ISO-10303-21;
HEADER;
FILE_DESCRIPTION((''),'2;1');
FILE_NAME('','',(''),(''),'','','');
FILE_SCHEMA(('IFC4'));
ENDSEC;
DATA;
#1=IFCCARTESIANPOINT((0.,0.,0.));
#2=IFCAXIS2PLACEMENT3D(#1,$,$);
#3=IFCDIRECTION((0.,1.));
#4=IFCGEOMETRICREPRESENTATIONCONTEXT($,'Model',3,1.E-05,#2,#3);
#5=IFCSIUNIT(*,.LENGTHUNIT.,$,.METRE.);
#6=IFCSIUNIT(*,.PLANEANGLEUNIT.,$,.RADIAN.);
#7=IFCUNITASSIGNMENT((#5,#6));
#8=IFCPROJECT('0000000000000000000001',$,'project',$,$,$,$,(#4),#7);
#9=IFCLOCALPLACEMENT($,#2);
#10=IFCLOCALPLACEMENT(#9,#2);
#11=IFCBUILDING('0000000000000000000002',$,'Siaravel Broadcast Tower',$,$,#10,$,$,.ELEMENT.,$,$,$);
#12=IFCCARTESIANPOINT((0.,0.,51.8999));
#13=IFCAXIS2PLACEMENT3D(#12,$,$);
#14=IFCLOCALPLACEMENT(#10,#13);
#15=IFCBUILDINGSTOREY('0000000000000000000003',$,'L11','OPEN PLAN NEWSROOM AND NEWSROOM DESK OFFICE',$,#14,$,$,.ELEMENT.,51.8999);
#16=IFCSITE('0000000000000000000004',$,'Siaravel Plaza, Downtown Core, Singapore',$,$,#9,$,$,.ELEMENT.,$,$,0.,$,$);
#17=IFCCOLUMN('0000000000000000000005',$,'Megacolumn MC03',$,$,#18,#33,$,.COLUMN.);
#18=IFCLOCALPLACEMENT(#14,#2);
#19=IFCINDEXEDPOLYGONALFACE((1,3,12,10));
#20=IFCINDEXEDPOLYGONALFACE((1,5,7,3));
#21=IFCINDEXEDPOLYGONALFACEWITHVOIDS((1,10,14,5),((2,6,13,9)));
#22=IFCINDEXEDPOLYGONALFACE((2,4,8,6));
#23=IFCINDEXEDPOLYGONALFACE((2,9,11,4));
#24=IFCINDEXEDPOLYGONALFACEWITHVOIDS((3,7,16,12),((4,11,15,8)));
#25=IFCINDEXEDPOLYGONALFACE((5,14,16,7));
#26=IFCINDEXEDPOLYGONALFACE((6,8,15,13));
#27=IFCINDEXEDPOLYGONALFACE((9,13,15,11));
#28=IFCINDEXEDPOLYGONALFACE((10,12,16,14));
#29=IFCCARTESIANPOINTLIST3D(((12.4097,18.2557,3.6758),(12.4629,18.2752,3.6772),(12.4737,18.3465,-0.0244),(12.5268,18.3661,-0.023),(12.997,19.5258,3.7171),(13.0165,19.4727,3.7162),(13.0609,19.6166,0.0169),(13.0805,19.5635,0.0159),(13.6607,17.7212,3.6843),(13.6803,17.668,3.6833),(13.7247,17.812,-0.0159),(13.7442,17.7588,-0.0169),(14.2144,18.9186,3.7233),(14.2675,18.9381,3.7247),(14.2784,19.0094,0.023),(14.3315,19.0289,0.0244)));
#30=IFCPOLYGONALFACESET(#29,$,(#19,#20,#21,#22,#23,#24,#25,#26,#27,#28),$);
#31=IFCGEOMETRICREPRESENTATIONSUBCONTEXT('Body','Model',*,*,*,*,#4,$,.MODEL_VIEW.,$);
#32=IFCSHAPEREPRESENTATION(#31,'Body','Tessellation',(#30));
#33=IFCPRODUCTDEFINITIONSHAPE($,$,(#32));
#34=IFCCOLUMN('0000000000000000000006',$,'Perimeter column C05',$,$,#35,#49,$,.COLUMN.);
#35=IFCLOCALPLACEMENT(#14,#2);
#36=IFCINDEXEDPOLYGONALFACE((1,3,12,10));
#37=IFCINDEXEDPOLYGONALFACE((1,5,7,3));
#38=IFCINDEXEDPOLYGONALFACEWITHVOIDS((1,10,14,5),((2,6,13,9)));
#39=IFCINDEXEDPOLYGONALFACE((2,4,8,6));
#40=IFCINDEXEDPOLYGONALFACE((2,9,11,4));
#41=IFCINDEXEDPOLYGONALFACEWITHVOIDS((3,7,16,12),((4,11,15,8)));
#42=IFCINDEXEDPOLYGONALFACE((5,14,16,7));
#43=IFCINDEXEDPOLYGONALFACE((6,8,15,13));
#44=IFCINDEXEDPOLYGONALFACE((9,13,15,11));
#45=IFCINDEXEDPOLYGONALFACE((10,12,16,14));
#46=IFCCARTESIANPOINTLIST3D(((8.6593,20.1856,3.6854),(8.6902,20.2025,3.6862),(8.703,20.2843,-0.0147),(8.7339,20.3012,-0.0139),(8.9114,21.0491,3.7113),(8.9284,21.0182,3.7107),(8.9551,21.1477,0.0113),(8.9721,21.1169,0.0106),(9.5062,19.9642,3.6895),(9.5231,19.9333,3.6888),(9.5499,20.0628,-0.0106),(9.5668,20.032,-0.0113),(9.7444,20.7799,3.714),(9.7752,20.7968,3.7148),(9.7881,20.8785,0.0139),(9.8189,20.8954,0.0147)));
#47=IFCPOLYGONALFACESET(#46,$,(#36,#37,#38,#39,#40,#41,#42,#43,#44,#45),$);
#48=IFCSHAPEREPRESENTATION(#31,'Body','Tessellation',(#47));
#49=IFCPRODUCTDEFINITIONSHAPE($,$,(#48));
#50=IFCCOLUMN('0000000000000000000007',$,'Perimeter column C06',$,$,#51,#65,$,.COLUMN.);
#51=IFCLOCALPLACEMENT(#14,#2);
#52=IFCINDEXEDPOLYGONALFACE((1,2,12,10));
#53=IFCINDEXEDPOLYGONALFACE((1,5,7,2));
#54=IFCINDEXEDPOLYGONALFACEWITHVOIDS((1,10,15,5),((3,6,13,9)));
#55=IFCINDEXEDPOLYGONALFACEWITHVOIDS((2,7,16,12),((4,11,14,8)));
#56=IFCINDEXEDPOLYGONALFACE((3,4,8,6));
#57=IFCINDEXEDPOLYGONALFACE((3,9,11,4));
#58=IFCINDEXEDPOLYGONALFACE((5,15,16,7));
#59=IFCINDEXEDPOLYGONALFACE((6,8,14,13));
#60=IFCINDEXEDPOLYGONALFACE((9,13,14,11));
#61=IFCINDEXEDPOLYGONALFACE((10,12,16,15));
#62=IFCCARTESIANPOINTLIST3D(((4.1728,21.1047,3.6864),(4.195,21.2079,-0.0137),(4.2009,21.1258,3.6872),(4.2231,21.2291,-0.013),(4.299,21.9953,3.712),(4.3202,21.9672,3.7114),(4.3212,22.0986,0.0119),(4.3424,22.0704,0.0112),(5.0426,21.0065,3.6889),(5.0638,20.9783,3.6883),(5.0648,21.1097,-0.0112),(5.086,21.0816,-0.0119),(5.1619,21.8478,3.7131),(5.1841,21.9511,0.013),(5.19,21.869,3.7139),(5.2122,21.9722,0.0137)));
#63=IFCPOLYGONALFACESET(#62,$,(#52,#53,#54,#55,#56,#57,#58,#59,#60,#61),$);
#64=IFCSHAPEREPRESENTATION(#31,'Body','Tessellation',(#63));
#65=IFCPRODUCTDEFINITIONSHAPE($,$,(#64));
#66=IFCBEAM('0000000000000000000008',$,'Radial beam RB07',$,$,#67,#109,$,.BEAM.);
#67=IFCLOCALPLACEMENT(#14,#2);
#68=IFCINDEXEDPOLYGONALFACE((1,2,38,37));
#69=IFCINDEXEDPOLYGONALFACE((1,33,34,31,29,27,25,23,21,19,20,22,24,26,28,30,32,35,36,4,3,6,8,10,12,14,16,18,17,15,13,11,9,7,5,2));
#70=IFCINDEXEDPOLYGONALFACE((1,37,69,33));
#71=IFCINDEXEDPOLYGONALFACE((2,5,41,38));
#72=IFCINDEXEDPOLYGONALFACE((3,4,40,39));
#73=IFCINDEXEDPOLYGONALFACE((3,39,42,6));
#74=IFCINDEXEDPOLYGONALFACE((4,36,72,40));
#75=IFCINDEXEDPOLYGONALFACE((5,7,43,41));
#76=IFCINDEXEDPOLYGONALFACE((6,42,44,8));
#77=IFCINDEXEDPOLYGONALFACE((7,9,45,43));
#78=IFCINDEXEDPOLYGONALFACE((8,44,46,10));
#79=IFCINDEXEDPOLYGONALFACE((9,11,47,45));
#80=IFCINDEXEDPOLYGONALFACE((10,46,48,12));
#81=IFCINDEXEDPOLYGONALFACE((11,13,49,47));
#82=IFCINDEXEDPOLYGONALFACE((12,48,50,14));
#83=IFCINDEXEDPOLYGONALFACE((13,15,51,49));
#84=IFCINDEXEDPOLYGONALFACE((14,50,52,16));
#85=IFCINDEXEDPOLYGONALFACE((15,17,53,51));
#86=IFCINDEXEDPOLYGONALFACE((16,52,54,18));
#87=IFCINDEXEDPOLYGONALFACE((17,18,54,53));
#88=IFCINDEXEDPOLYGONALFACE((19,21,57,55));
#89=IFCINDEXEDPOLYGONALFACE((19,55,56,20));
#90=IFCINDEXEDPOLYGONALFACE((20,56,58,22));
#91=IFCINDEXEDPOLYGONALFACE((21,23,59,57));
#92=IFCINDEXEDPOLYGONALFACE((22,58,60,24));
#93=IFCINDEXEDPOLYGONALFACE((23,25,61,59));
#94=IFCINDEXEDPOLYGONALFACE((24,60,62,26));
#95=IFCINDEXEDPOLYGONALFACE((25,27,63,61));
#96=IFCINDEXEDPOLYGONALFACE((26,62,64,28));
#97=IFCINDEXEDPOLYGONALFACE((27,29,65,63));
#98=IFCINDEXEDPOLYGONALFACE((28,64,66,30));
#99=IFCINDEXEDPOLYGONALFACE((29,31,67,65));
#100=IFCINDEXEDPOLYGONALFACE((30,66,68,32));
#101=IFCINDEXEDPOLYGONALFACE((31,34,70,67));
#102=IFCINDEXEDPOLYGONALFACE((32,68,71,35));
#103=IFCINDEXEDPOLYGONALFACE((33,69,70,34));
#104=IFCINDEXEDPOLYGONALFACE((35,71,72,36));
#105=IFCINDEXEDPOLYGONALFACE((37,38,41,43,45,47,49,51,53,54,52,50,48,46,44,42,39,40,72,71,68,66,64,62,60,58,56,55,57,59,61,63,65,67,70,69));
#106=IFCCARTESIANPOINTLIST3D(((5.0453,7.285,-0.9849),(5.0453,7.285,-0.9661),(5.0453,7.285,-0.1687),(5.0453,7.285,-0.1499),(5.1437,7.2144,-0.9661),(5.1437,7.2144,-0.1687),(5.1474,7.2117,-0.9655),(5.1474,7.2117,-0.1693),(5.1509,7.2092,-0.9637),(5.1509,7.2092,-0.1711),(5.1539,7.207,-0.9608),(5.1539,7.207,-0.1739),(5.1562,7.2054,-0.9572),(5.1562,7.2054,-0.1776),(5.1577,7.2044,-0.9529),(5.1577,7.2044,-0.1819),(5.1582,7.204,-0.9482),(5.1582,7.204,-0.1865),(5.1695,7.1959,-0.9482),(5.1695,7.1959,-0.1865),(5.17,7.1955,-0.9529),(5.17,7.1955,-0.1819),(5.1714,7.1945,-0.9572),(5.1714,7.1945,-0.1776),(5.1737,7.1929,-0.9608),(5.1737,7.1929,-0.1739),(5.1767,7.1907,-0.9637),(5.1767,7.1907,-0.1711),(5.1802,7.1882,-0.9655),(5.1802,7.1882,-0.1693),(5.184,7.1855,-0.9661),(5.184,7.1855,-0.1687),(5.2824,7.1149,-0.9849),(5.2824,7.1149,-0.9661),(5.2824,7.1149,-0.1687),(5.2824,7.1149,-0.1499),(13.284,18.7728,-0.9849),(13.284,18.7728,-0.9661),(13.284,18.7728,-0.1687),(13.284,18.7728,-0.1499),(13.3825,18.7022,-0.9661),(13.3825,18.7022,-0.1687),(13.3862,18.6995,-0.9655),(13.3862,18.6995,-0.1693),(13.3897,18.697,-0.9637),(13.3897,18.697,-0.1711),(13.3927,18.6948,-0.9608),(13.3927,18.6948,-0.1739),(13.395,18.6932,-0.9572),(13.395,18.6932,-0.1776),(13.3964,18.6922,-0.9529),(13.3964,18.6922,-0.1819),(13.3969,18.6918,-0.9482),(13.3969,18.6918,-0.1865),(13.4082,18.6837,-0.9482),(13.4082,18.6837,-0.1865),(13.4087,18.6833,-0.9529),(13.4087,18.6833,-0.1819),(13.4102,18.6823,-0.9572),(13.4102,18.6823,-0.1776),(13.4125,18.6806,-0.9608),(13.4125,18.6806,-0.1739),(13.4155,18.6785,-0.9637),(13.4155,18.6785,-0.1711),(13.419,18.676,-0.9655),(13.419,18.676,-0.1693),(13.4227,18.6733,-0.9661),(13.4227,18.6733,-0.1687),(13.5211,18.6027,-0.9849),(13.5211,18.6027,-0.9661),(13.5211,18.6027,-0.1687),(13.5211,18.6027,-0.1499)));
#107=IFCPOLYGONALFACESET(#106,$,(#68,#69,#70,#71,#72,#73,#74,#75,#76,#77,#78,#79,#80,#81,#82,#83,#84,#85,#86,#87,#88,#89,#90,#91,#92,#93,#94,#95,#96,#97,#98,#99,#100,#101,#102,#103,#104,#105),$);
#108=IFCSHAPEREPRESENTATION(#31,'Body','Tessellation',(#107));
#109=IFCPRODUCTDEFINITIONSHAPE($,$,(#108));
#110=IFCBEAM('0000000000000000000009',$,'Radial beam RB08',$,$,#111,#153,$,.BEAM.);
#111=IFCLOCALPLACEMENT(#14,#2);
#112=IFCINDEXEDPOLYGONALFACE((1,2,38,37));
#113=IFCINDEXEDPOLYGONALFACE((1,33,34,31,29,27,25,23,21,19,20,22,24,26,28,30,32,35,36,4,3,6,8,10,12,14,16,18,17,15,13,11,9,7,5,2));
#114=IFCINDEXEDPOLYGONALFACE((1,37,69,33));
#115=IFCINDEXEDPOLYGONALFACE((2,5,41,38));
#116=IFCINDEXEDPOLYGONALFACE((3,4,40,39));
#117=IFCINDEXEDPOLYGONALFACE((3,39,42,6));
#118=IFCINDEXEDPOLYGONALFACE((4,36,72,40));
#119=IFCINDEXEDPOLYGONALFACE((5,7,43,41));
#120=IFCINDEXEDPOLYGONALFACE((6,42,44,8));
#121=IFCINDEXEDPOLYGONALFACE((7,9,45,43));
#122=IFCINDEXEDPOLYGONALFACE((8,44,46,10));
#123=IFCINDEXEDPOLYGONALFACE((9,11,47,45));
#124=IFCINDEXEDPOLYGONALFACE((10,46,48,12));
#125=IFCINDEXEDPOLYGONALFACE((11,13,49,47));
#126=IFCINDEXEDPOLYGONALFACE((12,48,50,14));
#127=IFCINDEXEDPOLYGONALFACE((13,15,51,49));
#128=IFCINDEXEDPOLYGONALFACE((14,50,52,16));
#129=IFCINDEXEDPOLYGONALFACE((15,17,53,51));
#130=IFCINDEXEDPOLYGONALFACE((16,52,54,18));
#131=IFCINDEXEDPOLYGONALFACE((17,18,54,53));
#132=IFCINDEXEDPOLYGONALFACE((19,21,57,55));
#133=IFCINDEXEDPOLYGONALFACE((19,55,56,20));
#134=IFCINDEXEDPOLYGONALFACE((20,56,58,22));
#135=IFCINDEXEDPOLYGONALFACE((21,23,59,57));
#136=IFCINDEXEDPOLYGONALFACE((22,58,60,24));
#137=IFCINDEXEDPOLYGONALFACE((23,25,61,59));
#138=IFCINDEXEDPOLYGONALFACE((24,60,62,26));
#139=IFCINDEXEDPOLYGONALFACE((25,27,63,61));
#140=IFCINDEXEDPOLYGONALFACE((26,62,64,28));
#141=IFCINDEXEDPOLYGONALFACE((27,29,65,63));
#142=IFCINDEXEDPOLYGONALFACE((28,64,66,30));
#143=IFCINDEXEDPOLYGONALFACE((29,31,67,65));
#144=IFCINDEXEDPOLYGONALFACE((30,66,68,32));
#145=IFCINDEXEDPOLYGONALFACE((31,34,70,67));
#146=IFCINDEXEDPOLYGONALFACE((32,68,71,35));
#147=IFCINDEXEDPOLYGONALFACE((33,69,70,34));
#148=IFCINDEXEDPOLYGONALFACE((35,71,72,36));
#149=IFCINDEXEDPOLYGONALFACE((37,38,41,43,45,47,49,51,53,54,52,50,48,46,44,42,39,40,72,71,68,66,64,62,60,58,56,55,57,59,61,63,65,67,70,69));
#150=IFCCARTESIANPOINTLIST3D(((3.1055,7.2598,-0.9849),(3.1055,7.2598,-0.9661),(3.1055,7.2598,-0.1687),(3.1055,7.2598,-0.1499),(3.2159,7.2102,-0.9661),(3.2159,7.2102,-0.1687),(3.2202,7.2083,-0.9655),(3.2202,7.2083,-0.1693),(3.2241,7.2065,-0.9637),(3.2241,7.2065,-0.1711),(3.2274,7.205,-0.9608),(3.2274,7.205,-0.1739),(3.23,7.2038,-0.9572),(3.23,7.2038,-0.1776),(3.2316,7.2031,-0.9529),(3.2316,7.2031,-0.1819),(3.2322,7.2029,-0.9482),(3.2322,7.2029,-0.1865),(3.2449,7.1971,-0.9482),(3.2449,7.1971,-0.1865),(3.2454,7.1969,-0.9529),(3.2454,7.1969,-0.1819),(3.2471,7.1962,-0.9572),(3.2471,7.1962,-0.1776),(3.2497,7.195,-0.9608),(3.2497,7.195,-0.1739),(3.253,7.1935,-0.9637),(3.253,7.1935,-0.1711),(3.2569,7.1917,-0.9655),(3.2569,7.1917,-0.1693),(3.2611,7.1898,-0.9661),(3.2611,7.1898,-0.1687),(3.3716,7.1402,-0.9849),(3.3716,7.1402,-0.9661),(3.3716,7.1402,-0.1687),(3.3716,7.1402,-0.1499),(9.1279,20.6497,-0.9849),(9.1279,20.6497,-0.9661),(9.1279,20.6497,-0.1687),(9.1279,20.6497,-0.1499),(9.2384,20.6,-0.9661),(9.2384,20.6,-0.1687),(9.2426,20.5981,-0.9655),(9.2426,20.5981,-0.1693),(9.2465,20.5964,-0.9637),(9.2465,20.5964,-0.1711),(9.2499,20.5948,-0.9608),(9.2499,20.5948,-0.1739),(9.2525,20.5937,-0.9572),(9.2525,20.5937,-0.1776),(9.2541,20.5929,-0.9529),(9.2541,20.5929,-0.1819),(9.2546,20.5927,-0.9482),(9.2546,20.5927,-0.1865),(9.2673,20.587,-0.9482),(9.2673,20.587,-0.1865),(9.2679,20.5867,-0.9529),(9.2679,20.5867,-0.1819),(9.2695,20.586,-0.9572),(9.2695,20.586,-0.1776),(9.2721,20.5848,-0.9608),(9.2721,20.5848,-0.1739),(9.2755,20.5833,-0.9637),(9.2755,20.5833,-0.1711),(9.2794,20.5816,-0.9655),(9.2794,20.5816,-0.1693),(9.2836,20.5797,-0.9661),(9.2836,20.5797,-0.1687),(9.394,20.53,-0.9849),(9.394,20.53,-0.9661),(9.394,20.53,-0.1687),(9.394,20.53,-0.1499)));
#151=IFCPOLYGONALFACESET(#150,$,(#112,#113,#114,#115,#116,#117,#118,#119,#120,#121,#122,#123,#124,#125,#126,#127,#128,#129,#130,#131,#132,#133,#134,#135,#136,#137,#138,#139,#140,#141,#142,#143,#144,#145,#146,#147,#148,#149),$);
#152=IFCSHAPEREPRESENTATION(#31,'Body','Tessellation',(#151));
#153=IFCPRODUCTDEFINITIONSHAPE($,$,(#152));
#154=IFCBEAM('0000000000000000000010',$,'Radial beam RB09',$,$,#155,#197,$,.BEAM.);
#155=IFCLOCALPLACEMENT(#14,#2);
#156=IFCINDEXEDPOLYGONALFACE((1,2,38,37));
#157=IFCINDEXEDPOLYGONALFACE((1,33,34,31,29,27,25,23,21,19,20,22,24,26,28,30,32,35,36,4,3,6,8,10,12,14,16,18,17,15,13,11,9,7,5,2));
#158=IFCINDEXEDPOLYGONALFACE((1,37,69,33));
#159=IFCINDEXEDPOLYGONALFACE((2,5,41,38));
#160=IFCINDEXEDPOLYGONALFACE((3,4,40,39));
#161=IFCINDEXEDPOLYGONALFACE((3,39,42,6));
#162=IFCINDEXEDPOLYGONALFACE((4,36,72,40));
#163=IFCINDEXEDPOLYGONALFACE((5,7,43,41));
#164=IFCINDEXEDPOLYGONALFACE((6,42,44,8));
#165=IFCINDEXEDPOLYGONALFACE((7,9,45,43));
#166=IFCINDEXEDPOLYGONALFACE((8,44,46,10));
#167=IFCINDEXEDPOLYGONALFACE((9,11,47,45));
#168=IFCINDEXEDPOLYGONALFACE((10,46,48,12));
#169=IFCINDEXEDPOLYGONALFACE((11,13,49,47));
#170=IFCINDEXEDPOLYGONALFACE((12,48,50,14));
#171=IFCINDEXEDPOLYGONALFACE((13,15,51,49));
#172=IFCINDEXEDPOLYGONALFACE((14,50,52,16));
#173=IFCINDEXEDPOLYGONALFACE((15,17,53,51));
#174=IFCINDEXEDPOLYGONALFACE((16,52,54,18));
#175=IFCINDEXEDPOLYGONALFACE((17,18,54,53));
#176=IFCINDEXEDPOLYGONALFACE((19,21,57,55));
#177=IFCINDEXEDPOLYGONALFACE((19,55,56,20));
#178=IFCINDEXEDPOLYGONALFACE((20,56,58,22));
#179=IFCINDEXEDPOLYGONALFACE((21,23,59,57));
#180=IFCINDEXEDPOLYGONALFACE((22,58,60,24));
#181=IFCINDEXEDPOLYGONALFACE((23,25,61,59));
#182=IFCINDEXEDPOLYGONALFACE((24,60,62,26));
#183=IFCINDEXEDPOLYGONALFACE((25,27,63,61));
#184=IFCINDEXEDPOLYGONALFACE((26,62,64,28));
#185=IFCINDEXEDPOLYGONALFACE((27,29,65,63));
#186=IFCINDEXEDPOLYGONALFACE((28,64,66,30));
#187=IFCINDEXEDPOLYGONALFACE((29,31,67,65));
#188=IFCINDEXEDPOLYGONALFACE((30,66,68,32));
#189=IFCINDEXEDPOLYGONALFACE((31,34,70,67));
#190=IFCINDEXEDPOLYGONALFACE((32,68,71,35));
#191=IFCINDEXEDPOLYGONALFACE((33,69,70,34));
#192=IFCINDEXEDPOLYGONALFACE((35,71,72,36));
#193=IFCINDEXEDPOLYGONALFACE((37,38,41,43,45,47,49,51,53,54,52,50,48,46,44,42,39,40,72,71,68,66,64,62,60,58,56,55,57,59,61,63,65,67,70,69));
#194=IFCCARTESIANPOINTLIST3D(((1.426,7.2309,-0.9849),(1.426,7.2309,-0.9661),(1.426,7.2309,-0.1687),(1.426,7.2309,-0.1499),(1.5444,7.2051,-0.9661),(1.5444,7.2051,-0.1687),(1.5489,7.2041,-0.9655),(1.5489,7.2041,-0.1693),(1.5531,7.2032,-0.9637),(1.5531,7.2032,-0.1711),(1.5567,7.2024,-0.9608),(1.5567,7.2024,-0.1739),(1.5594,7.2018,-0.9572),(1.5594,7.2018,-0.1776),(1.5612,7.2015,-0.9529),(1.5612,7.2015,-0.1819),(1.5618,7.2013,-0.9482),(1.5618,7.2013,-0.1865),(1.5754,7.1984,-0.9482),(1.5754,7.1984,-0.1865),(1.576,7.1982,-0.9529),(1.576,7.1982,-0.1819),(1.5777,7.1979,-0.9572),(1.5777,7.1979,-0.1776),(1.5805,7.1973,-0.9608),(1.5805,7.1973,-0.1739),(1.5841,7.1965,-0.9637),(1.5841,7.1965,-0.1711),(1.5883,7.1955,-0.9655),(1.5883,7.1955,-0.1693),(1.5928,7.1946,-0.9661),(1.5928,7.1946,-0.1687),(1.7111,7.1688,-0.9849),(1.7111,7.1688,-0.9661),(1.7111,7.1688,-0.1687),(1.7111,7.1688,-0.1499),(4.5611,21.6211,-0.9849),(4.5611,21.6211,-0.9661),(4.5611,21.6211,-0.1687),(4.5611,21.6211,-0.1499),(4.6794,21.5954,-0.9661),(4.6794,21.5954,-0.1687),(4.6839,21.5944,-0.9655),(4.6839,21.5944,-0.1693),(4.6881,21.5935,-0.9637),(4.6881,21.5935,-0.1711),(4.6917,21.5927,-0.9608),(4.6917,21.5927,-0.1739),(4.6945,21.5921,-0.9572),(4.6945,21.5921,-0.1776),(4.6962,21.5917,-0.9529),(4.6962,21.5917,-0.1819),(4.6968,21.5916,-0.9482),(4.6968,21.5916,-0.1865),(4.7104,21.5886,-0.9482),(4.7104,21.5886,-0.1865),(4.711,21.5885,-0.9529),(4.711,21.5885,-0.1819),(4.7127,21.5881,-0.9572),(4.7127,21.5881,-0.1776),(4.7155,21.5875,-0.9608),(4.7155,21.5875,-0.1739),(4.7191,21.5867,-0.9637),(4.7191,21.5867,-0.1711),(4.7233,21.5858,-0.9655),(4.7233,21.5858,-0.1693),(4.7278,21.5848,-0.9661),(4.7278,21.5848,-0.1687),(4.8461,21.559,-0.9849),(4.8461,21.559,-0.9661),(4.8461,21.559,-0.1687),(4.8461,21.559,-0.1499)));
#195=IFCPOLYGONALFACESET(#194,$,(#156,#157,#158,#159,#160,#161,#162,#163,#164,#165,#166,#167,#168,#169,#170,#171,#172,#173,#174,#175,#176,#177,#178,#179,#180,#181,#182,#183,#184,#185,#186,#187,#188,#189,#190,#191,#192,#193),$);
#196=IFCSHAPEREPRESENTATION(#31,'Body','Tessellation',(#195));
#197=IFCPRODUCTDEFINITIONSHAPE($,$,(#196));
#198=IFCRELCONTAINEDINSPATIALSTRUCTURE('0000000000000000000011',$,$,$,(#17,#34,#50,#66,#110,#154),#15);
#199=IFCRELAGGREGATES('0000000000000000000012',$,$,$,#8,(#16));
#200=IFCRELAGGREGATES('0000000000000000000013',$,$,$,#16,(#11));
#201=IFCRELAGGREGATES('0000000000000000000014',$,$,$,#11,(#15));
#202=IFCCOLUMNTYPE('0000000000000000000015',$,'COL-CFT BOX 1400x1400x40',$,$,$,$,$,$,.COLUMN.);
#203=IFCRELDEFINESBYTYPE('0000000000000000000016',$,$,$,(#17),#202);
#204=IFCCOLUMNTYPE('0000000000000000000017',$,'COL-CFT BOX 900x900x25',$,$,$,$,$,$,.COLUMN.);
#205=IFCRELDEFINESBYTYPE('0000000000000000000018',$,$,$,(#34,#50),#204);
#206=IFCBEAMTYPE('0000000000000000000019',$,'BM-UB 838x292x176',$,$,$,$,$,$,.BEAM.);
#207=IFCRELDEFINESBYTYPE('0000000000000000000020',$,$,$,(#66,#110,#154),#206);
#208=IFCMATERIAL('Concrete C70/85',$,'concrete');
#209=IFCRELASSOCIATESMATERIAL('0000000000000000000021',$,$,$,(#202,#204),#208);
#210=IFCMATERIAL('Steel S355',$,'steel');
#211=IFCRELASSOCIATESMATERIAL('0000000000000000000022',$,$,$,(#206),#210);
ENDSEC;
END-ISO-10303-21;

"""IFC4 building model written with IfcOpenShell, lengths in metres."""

from ifc_helpers import new_model, si_unit, direction, frame, origin, origin_2d, place, context, subcontext, project, spatial, hollow_rectangle, i_section, extrude, material, material_profile, profile_set, type_object, element, save


model = new_model("IFC4")

# Units and contexts
model_context = context("Model", 3, precision=1e-05, world=origin(), true_north=direction((0.0, 1.0)))
body_context = subcontext(model_context, "Body", "Model", "MODEL_VIEW")
ifc_project = project(units=[si_unit("LENGTHUNIT", "METRE"), si_unit("PLANEANGLEUNIT", "RADIAN")], contexts=[model_context])

# Site, building, storey
site_placement = place(None, origin())
site = spatial("IfcSite", under=ifc_project, at=site_placement, Name="Siaravel Plaza, Downtown Core, Singapore", CompositionType="ELEMENT", RefElevation=0.0)
building_placement = place(site_placement, origin())
building = spatial("IfcBuilding", under=site, at=building_placement, Name="Siaravel Broadcast Tower", CompositionType="ELEMENT")
storey_placement = place(building_placement, frame((0.0, 0.0, 51.8999)))
storey = spatial("IfcBuildingStorey", under=building, at=storey_placement, Name="L11", Description="OPEN PLAN NEWSROOM AND NEWSROOM DESK OFFICE", CompositionType="ELEMENT", Elevation=51.8999)

# Columns
ifc_material_1 = material(Name="Concrete C70/85", Category="concrete")
ifc_material_profile_1 = material_profile(ifc_material_1, hollow_rectangle(XDim=1.3999, YDim=1.3999, WallThickness=0.04, at=origin_2d()))
ifc_profile_set_1 = profile_set([ifc_material_profile_1], Name="Concrete C70/85")
column_type_1 = type_object("IfcColumnType", Name="COL-CFT BOX 1400x1400x40", PredefinedType="COLUMN", material=ifc_profile_set_1)
column_placement = place(storey_placement, frame((13.4026, 18.6877, 0.0), z_axis=(-0.017279, -0.024534, 0.99955), x_axis=(0.907591, -0.41982, 0.005385)))
element("IfcColumn", 1, at=column_placement, inside=storey, type_object=column_type_1, Name="Megacolumn MC03", PredefinedType="COLUMN", context=body_context, shape_type="SweptSolid", body=[
    extrude(hollow_rectangle(XDim=1.3999, YDim=1.3999, WallThickness=0.04, at=origin_2d()), origin(), (0.0, 0.0, 1.0), 3.7019),
])
ifc_material_profile_2 = material_profile(ifc_material_1, hollow_rectangle(XDim=0.8999, YDim=0.8999, WallThickness=0.0249, at=origin_2d()))
ifc_profile_set_2 = profile_set([ifc_material_profile_2], Name="Concrete C70/85")
column_type_2 = type_object("IfcColumnType", Name="COL-CFT BOX 900x900x25", PredefinedType="COLUMN", material=ifc_profile_set_2)
for number, where, z_axis, x_axis, name in (
    (2, (9.261, 20.5898, 0.0), (-0.011805, -0.026645, 0.999575), (0.959882, -0.280377, 0.003863), "Perimeter column C05"),
    (3, (4.7036, 21.5901, 0.0), (-0.006002, -0.027898, 0.999593), (0.990094, -0.140394, 0.002026), "Perimeter column C06"),
):
    element("IfcColumn", number, at=place(storey_placement, frame(where, z_axis=z_axis, x_axis=x_axis)), inside=storey, type_object=column_type_2, Name=name, PredefinedType="COLUMN", context=body_context, shape_type="SweptSolid", body=[
        extrude(hollow_rectangle(XDim=0.8999, YDim=0.8999, WallThickness=0.0249, at=origin_2d()), origin(), (0.0, 0.0, 1.0), 3.7017),
    ])

# Beams
ifc_material_2 = material(Name="Steel S355", Category="steel")
ifc_material_profile_3 = material_profile(ifc_material_2, i_section(OverallWidth=0.2917, OverallDepth=0.835, WebThickness=0.0139, FlangeThickness=0.0188, FilletRadius=0.0178, at=origin_2d()))
ifc_profile_set_3 = profile_set([ifc_material_profile_3], Name="Steel S355")
beam_type = type_object("IfcBeamType", Name="BM-UB 838x292x176", PredefinedType="BEAM", material=ifc_profile_set_3)
beam_1_placement = place(storey_placement, frame((13.4026, 18.6877, -0.5674), z_axis=(-0.582792, -0.812621, 0.0), x_axis=(0.812621, -0.582792, 0.0)))
element("IfcBeam", 4, at=beam_1_placement, inside=storey, type_object=beam_type, Name="Radial beam RB07", PredefinedType="BEAM", context=body_context, shape_type="SweptSolid", body=[
    extrude(i_section(OverallWidth=0.2917, OverallDepth=0.835, WebThickness=0.0139, FlangeThickness=0.0188, FilletRadius=0.0178, at=origin_2d()), origin(), (0.0, 0.0, 1.0), 14.1367),
])
beam_2_placement = place(storey_placement, frame((9.261, 20.5898, -0.5674), z_axis=(-0.410195, -0.911998, 0.0), x_axis=(0.911998, -0.410195, 0.0)))
element("IfcBeam", 5, at=beam_2_placement, inside=storey, type_object=beam_type, Name="Radial beam RB08", PredefinedType="BEAM", context=body_context, shape_type="SweptSolid", body=[
    extrude(i_section(OverallWidth=0.2917, OverallDepth=0.835, WebThickness=0.0139, FlangeThickness=0.0188, FilletRadius=0.0178, at=origin_2d()), origin(), (0.0, 0.0, 1.0), 14.6819),
])
beam_3_placement = place(storey_placement, frame((4.7036, 21.5901, -0.5674), z_axis=(-0.212865, -0.977082, 0.0), x_axis=(0.977082, -0.212865, 0.0)))
element("IfcBeam", 6, at=beam_3_placement, inside=storey, type_object=beam_type, Name="Radial beam RB09", PredefinedType="BEAM", context=body_context, shape_type="SweptSolid", body=[
    extrude(i_section(OverallWidth=0.2917, OverallDepth=0.835, WebThickness=0.0139, FlangeThickness=0.0188, FilletRadius=0.0178, at=origin_2d()), origin(), (0.0, 0.0, 1.0), 14.7278),
])

save(model, "model.ifc")
